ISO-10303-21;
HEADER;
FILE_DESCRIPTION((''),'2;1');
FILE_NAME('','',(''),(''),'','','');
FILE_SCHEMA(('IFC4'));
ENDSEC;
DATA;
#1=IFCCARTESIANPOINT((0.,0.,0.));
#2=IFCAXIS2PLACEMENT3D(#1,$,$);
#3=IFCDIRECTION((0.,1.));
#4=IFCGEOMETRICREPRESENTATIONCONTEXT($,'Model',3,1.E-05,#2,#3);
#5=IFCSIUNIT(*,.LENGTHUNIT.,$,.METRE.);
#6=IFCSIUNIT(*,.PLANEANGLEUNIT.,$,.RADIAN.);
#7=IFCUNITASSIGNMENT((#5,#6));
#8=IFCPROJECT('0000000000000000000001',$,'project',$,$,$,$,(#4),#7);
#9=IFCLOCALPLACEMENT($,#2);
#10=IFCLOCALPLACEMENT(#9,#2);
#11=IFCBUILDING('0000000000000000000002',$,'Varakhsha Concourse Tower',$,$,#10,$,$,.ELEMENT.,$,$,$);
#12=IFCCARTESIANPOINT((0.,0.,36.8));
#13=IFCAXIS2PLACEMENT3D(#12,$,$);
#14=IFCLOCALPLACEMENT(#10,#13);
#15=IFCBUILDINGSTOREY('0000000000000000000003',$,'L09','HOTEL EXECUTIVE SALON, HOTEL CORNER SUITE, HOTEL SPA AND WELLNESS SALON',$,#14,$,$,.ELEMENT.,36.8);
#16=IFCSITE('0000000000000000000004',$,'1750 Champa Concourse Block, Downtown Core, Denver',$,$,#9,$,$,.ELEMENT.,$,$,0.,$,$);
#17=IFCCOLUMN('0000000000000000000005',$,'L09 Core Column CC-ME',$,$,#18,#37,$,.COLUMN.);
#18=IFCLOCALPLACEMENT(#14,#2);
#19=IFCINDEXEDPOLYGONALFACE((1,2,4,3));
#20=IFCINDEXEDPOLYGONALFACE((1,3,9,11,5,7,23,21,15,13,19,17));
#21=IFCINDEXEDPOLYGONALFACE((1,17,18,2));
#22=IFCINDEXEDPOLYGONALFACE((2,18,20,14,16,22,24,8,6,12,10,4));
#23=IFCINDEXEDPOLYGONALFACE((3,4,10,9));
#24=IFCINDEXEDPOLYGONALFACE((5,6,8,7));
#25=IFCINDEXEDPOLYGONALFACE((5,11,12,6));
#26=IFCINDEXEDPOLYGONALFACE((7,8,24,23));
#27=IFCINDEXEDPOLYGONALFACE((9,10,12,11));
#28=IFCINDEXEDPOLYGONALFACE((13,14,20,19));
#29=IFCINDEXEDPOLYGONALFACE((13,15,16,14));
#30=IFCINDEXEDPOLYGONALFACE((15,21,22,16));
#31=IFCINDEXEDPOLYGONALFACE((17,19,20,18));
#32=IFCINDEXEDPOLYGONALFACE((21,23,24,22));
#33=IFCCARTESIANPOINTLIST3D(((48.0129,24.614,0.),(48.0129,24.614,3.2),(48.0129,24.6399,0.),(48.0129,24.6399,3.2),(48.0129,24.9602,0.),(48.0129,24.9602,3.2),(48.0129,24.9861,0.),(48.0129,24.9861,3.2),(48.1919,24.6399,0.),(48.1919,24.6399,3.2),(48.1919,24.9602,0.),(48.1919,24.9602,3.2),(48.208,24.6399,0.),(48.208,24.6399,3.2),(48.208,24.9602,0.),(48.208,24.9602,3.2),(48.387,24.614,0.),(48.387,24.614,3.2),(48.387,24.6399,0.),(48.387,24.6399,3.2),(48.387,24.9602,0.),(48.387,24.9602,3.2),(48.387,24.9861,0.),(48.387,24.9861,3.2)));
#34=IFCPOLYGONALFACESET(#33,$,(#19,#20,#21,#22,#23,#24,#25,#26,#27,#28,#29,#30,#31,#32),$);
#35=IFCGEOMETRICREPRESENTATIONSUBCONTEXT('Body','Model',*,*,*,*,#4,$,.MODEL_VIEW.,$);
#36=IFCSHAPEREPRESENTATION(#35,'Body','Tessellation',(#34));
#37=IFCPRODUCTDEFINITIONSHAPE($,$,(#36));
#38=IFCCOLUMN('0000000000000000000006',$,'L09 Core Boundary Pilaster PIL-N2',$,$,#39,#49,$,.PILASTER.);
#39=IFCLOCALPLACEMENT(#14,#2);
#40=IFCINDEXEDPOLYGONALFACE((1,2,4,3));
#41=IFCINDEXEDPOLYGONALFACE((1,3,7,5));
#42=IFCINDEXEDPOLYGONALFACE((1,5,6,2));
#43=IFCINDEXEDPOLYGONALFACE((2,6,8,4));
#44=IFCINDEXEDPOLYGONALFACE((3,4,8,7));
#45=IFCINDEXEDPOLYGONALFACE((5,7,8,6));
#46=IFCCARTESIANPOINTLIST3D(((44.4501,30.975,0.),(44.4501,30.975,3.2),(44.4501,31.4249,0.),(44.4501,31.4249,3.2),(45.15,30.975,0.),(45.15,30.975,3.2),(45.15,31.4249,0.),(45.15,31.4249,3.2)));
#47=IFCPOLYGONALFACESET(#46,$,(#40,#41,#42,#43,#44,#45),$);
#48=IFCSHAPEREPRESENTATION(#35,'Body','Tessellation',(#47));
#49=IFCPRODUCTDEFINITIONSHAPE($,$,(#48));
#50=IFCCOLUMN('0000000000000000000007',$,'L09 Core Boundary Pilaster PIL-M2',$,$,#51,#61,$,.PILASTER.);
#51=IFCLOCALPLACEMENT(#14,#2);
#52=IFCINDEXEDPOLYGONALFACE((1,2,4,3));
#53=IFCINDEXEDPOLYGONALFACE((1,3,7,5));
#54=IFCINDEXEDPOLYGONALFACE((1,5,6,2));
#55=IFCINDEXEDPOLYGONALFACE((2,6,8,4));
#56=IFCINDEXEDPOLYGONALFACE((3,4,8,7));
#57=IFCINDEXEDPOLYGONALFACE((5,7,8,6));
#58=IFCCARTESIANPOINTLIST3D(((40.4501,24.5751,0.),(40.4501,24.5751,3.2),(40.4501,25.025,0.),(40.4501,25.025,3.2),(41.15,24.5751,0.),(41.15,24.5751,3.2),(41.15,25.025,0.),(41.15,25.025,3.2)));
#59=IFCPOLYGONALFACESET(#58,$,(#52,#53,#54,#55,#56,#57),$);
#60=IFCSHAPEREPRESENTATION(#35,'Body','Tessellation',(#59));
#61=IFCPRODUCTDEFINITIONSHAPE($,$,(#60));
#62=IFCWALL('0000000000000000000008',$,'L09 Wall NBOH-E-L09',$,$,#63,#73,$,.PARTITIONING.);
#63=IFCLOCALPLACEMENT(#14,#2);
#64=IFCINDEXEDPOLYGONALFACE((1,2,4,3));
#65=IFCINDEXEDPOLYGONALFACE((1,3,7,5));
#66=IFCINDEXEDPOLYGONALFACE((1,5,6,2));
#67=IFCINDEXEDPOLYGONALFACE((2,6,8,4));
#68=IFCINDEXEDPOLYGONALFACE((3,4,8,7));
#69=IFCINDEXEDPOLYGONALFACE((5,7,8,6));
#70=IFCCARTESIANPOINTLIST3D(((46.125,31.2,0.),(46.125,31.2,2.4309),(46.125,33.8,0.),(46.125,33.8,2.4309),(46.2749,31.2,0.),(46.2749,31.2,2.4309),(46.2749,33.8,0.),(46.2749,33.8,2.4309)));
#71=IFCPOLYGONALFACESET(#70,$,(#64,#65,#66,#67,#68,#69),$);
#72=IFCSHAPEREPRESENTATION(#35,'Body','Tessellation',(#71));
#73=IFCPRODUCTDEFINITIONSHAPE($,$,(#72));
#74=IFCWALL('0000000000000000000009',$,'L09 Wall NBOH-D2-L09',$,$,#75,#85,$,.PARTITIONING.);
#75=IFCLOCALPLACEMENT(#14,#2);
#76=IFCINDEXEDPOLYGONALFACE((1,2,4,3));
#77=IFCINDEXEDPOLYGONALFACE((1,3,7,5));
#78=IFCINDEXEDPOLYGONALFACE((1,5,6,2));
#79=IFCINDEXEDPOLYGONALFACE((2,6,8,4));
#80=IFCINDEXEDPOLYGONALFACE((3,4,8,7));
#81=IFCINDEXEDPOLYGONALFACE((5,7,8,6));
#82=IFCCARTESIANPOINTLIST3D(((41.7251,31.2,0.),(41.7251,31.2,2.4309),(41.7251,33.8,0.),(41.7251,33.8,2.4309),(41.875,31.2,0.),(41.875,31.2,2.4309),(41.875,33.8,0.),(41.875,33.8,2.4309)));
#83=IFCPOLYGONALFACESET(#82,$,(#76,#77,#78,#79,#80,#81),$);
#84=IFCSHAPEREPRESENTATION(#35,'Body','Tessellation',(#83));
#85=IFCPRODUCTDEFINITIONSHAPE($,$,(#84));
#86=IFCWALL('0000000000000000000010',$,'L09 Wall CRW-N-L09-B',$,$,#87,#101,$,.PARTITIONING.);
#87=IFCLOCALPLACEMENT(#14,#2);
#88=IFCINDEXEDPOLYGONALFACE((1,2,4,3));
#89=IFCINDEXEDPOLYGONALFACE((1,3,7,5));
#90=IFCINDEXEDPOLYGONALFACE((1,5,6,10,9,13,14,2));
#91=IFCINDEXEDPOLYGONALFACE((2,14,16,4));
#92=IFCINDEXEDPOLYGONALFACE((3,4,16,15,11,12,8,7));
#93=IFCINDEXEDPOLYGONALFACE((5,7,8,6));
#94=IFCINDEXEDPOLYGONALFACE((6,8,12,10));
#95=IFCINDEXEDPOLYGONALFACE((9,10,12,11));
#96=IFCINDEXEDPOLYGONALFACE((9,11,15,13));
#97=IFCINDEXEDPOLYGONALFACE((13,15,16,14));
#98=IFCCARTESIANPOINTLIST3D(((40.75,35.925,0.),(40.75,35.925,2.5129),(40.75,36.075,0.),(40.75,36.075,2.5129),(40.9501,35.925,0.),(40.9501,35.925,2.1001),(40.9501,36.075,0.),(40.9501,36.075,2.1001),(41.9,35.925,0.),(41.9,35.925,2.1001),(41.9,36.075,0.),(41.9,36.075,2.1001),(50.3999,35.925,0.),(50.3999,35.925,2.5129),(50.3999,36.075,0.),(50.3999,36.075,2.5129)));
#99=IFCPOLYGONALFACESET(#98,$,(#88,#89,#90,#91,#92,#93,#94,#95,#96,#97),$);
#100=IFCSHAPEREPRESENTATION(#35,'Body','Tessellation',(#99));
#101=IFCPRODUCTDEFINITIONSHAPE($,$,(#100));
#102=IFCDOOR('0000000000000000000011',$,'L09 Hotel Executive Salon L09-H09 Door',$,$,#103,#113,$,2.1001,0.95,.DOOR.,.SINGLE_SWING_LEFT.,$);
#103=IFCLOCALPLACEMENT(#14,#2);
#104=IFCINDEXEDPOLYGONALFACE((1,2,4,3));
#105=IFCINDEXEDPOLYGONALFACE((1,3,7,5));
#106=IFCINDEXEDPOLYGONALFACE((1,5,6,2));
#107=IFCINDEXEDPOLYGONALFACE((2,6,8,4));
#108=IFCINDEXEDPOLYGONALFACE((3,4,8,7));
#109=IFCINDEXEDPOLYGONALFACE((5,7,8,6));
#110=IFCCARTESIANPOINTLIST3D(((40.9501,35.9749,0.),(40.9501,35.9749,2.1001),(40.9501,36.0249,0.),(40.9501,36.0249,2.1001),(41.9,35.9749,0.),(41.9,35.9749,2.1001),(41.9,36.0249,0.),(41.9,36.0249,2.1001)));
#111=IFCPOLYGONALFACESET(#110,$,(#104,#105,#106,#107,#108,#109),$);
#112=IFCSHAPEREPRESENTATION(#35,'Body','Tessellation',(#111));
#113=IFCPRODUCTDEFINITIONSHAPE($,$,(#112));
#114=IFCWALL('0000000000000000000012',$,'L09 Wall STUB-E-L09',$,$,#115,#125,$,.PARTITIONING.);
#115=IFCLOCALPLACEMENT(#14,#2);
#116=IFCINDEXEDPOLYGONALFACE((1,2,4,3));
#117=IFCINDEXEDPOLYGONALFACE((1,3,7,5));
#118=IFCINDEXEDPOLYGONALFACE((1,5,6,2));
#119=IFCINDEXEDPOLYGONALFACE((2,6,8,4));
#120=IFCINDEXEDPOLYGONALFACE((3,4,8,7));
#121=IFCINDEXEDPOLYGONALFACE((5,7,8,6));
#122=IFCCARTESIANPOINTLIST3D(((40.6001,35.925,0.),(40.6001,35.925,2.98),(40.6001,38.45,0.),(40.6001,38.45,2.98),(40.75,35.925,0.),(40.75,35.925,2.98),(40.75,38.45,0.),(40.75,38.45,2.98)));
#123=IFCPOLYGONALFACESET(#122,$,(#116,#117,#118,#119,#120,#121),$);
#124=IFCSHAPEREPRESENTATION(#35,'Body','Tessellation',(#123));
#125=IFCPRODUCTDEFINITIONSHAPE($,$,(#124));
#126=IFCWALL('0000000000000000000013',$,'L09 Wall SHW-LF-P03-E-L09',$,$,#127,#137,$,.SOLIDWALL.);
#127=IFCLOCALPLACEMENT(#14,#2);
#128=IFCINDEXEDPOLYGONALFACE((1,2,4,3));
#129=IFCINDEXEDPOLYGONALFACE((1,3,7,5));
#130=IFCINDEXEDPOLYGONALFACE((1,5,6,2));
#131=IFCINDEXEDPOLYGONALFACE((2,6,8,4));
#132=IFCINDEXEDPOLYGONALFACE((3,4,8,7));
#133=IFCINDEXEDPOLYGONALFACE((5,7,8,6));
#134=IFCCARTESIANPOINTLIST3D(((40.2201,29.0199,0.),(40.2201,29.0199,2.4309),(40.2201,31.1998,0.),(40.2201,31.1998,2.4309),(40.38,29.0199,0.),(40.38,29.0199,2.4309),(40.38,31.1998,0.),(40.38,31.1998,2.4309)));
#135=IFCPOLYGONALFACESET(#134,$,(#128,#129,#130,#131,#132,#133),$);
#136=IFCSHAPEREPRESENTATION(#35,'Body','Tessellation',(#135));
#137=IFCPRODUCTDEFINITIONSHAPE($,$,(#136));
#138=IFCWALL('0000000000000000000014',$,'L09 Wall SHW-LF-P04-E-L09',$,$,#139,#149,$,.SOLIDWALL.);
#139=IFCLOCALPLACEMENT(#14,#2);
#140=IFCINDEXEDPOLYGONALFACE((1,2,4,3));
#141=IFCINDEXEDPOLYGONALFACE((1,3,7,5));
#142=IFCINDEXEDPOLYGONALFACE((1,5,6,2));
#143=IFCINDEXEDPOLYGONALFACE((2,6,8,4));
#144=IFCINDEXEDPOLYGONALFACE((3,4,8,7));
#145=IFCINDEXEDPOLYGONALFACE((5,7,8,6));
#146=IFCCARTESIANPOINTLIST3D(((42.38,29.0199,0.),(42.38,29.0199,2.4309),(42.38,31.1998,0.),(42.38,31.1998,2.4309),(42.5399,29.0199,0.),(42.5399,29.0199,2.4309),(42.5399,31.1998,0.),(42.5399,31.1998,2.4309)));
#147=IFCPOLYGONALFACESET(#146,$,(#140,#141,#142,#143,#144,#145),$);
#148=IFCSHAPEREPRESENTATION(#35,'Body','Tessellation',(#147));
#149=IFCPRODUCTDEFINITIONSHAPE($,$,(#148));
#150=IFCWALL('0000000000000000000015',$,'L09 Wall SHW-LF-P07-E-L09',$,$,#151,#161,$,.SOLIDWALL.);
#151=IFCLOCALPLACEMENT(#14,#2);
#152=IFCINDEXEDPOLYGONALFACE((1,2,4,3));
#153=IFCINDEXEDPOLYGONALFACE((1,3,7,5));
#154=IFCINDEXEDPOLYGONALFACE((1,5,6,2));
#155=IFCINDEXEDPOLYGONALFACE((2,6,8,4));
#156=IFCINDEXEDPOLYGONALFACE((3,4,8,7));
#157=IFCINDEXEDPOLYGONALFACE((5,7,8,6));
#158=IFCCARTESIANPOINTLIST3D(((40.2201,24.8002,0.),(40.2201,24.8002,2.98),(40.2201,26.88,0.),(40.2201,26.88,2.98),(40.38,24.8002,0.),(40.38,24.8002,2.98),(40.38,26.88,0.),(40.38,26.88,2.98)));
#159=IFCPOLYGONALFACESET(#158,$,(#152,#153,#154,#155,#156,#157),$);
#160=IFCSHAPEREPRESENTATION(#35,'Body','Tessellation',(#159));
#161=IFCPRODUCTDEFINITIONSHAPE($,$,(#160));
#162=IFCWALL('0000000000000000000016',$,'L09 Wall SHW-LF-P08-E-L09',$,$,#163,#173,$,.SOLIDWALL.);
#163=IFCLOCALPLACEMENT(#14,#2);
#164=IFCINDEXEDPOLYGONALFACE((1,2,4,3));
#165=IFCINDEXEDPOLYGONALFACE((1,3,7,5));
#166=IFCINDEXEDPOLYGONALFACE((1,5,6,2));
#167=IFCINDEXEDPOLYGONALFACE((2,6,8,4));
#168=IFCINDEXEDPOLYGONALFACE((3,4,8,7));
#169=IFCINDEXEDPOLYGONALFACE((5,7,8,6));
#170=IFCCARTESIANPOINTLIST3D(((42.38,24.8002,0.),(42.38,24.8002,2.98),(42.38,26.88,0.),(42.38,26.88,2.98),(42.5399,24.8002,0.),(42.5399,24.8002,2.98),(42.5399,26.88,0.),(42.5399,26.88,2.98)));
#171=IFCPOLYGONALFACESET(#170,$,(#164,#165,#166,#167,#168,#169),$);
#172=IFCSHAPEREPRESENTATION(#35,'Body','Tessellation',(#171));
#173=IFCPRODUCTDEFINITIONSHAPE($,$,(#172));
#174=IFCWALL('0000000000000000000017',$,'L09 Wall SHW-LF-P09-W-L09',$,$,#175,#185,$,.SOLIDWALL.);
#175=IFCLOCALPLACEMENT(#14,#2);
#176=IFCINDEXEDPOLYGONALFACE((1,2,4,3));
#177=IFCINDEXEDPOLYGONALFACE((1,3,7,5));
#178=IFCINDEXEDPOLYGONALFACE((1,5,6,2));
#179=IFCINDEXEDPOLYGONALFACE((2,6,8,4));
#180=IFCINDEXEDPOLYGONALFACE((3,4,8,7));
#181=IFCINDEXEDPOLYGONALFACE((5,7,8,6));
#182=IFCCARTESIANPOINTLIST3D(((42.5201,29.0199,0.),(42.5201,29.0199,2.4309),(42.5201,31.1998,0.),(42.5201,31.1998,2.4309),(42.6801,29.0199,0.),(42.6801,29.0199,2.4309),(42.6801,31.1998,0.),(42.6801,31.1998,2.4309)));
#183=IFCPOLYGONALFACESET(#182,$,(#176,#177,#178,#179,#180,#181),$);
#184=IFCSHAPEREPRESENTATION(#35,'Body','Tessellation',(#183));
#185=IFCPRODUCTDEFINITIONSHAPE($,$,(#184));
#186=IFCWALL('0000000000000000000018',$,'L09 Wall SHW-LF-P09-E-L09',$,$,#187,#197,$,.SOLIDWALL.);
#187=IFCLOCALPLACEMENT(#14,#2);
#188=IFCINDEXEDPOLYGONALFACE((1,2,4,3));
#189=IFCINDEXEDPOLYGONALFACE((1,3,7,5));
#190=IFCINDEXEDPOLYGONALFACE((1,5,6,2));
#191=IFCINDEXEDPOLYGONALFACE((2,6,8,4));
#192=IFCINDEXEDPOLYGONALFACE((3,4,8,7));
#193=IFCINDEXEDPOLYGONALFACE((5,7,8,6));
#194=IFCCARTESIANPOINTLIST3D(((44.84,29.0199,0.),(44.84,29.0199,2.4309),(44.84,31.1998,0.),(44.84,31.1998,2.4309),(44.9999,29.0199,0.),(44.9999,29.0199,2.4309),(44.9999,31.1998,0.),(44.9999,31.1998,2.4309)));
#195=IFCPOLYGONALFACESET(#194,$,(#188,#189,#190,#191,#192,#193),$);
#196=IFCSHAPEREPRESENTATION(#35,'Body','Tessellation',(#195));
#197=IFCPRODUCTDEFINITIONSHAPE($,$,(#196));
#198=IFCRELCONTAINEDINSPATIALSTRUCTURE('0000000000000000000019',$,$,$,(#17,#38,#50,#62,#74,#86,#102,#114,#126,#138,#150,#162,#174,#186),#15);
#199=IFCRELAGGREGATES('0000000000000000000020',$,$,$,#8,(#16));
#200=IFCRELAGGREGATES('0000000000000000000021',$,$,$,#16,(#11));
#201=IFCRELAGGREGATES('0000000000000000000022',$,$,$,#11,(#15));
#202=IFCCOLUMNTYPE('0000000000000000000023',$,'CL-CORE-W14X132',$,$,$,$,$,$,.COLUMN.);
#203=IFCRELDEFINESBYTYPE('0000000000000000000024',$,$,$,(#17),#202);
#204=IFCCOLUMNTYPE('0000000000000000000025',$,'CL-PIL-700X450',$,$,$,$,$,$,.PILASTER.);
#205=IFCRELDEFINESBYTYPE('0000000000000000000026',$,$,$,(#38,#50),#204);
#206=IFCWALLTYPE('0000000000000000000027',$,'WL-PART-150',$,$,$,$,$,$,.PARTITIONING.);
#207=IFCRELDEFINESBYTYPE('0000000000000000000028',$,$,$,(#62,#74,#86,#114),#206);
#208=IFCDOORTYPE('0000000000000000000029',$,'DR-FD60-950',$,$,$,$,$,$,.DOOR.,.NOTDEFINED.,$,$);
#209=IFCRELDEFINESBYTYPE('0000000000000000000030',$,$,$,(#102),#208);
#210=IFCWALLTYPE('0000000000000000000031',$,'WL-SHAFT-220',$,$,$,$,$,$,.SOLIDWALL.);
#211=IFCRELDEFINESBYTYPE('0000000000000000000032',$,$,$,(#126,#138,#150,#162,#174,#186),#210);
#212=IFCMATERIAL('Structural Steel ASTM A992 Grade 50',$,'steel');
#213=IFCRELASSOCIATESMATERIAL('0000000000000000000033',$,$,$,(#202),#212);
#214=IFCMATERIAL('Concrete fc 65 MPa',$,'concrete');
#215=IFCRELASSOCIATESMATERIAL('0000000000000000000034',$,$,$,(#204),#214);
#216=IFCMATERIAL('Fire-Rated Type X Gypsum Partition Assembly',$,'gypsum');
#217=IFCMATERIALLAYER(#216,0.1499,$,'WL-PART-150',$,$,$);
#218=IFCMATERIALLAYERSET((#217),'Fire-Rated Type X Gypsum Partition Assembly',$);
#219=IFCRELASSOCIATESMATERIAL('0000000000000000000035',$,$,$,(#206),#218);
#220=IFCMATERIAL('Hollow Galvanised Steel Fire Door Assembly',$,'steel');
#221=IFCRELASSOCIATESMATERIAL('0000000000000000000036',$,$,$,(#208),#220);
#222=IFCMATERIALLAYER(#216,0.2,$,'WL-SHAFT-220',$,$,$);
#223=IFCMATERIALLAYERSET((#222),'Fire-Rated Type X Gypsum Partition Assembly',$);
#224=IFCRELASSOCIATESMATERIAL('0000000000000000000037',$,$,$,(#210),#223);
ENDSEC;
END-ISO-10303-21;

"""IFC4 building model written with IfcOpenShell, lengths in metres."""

from ifc_helpers import new_model, si_unit, direction, frame, frame_2d, origin, origin_2d, place, context, subcontext, project, spatial, rectangle, i_section, extrude, material, layer, layer_set, material_profile, profile_set, type_object, element, fill, save


model = new_model("IFC4")

# Units and contexts
model_context = context("Model", 3, precision=1e-05, world=origin(), true_north=direction((0.0, 1.0)))
body_context = subcontext(model_context, "Body", "Model", "MODEL_VIEW")
ifc_project = project(units=[si_unit("LENGTHUNIT", "METRE"), si_unit("PLANEANGLEUNIT", "RADIAN")], contexts=[model_context])

# Site, building, storey
site_placement = place(None, origin())
site = spatial("IfcSite", under=ifc_project, at=site_placement, Name="1750 Champa Concourse Block, Downtown Core, Denver", CompositionType="ELEMENT", RefElevation=0.0)
building_placement = place(site_placement, origin())
building = spatial("IfcBuilding", under=site, at=building_placement, Name="Varakhsha Concourse Tower", CompositionType="ELEMENT")
storey_placement = place(building_placement, frame((0.0, 0.0, 36.8)))
storey = spatial("IfcBuildingStorey", under=building, at=storey_placement, Name="L09", Description="HOTEL EXECUTIVE SALON, HOTEL CORNER SUITE, HOTEL SPA AND WELLNESS SALON", CompositionType="ELEMENT", Elevation=36.8)

# Columns
ifc_material_1 = material(Name="Structural Steel ASTM A992 Grade 50", Category="steel")
ifc_material_profile_1 = material_profile(ifc_material_1, i_section(OverallWidth=0.374, OverallDepth=0.3721, WebThickness=0.0161, FlangeThickness=0.0259, at=origin_2d()), Name="W14X132")
ifc_profile_set_1 = profile_set([ifc_material_profile_1], Name="Structural Steel ASTM A992 Grade 50")
column_type_1 = type_object("IfcColumnType", Name="CL-CORE-W14X132", PredefinedType="COLUMN", material=ifc_profile_set_1)
column_placement = place(storey_placement, frame((48.2, 24.8, 0.0), z_axis=(0.0, 0.0, 1.0), x_axis=(1.0, 0.0, 0.0)))
element("IfcColumn", 1, at=column_placement, inside=storey, type_object=column_type_1, Name="L09 Core Column CC-ME", PredefinedType="COLUMN", context=body_context, shape_type="SweptSolid", body=[
    extrude(i_section(OverallWidth=0.374, OverallDepth=0.3721, WebThickness=0.0161, FlangeThickness=0.0259, at=origin_2d()), origin(), (0.0, 0.0, 1.0), 3.2),
])
ifc_material_2 = material(Name="Concrete fc 65 MPa", Category="concrete")
ifc_material_profile_2 = material_profile(ifc_material_2, rectangle(XDim=0.7, YDim=0.45, at=origin_2d()), Name="RC 700x450")
ifc_profile_set_2 = profile_set([ifc_material_profile_2], Name="Concrete fc 65 MPa")
column_type_2 = type_object("IfcColumnType", Name="CL-PIL-700X450", PredefinedType="PILASTER", material=ifc_profile_set_2)
for number, where, z_axis, x_axis, name in (
    (2, (44.8, 31.2, 0.0), (0.0, 0.0, 1.0), (1.0, 0.0, 0.0), "L09 Core Boundary Pilaster PIL-N2"),
    (3, (40.8, 24.8, 0.0), (0.0, 0.0, 1.0), (1.0, 0.0, 0.0), "L09 Core Boundary Pilaster PIL-M2"),
):
    element("IfcColumn", number, at=place(storey_placement, frame(where, z_axis=z_axis, x_axis=x_axis)), inside=storey, type_object=column_type_2, Name=name, PredefinedType="PILASTER", context=body_context, shape_type="SweptSolid", body=[
        extrude(rectangle(XDim=0.7, YDim=0.45, at=origin_2d()), origin(), (0.0, 0.0, 1.0), 3.2),
    ])

# Walls
ifc_material_3 = material(Name="Fire-Rated Type X Gypsum Partition Assembly", Category="gypsum")
ifc_layer_1 = layer(ifc_material_3, 0.1499, Name="WL-PART-150")
ifc_layer_set_1 = layer_set([ifc_layer_1], Name="Fire-Rated Type X Gypsum Partition Assembly")
wall_type_1 = type_object("IfcWallType", Name="WL-PART-150", PredefinedType="PARTITIONING", material=ifc_layer_set_1)
for number, where, z_axis, x_axis, name in (
    (4, (46.2, 31.2, 0.0), (0.0, 0.0, 1.0), (0.0, 1.0, 0.0), "L09 Wall NBOH-E-L09"),
    (5, (41.8, 31.2, 0.0), (0.0, 0.0, 1.0), (0.0, 1.0, 0.0), "L09 Wall NBOH-D2-L09"),
):
    element("IfcWall", number, at=place(storey_placement, frame(where, z_axis=z_axis, x_axis=x_axis)), inside=storey, type_object=wall_type_1, Name=name, PredefinedType="PARTITIONING", context=body_context, shape_type="SweptSolid", body=[
        extrude(rectangle(XDim=2.6001, YDim=0.1499, at=frame_2d((1.3, 0.0))), origin(), (0.0, 0.0, 1.0), 2.4309),
    ])

# Wall, opening, door
wall_1_placement = place(storey_placement, frame((40.75, 36.0, 0.0), z_axis=(0.0, 0.0, 1.0), x_axis=(1.0, 0.0, 0.0)))
wall_1 = element("IfcWall", 6, at=wall_1_placement, inside=storey, type_object=wall_type_1, Name="L09 Wall CRW-N-L09-B", PredefinedType="PARTITIONING", context=body_context, shape_type="SweptSolid", body=[
    extrude(rectangle(XDim=9.6499, YDim=0.1499, at=frame_2d((4.825, 0.0))), origin(), (0.0, 0.0, 1.0), 2.5129),
])
opening_placement = place(wall_1_placement, frame((0.2, 0.0, 0.0)))
opening = element("IfcOpeningElement", 7, at=opening_placement, cuts=wall_1, PredefinedType="OPENING", context=body_context, shape_type="SweptSolid", body=[
    extrude(rectangle(XDim=0.95, YDim=2.1001, at=frame_2d((0.4751, 1.05))), frame((0.0, 0.085, 0.0), z_axis=(0.0, -1.0, 0.0), x_axis=(1.0, 0.0, 0.0)), (0.0, 0.0, 1.0), 0.1699),
])
ifc_material_4 = material(Name="Hollow Galvanised Steel Fire Door Assembly", Category="steel")
door_type = type_object("IfcDoorType", Name="DR-FD60-950", OperationType="NOTDEFINED", PredefinedType="DOOR", material=ifc_material_4)
door_placement = place(opening_placement, origin())
door = element("IfcDoor", 8, at=door_placement, inside=storey, type_object=door_type, Name="L09 Hotel Executive Salon L09-H09 Door", OperationType="SINGLE_SWING_LEFT", OverallHeight=2.1001, OverallWidth=0.95, PredefinedType="DOOR", context=body_context, shape_type="SweptSolid", body=[
    extrude(rectangle(XDim=0.95, YDim=2.1001, at=frame_2d((0.4751, 1.05))), frame((0.0, 0.0249, 0.0), z_axis=(0.0, -1.0, 0.0), x_axis=(1.0, 0.0, 0.0)), (0.0, 0.0, 1.0), 0.05),
])
fill(opening, door)

# Walls
wall_2_placement = place(storey_placement, frame((40.675, 35.925, 0.0), z_axis=(0.0, 0.0, 1.0), x_axis=(0.0, 1.0, 0.0)))
element("IfcWall", 9, at=wall_2_placement, inside=storey, type_object=wall_type_1, Name="L09 Wall STUB-E-L09", PredefinedType="PARTITIONING", context=body_context, shape_type="SweptSolid", body=[
    extrude(rectangle(XDim=2.5249, YDim=0.1499, at=frame_2d((1.2625, 0.0))), origin(), (0.0, 0.0, 1.0), 2.98),
])
ifc_layer_2 = layer(ifc_material_3, 0.2, Name="WL-SHAFT-220")
ifc_layer_set_2 = layer_set([ifc_layer_2], Name="Fire-Rated Type X Gypsum Partition Assembly")
wall_type_2 = type_object("IfcWallType", Name="WL-SHAFT-220", PredefinedType="SOLIDWALL", material=ifc_layer_set_2)
for number, where, z_axis, x_axis, name in (
    (10, (40.3, 29.02, 0.0), (0.0, 0.0, 1.0), (0.0, 1.0, 0.0), "L09 Wall SHW-LF-P03-E-L09"),
    (11, (42.46, 29.02, 0.0), (0.0, 0.0, 1.0), (0.0, 1.0, 0.0), "L09 Wall SHW-LF-P04-E-L09"),
):
    element("IfcWall", number, at=place(storey_placement, frame(where, z_axis=z_axis, x_axis=x_axis)), inside=storey, type_object=wall_type_2, Name=name, PredefinedType="SOLIDWALL", context=body_context, shape_type="SweptSolid", body=[
        extrude(rectangle(XDim=2.1799, YDim=0.1599, at=frame_2d((1.0898, 0.0))), origin(), (0.0, 0.0, 1.0), 2.4309),
    ])
for number, where, z_axis, x_axis, name in (
    (12, (40.3, 24.8, 0.0), (0.0, 0.0, 1.0), (0.0, 1.0, 0.0), "L09 Wall SHW-LF-P07-E-L09"),
    (13, (42.46, 24.8, 0.0), (0.0, 0.0, 1.0), (0.0, 1.0, 0.0), "L09 Wall SHW-LF-P08-E-L09"),
):
    element("IfcWall", number, at=place(storey_placement, frame(where, z_axis=z_axis, x_axis=x_axis)), inside=storey, type_object=wall_type_2, Name=name, PredefinedType="SOLIDWALL", context=body_context, shape_type="SweptSolid", body=[
        extrude(rectangle(XDim=2.0798, YDim=0.1599, at=frame_2d((1.04, 0.0))), origin(), (0.0, 0.0, 1.0), 2.98),
    ])
for number, where, z_axis, x_axis, name in (
    (14, (42.6001, 29.02, 0.0), (0.0, 0.0, 1.0), (0.0, 1.0, 0.0), "L09 Wall SHW-LF-P09-W-L09"),
    (15, (44.9199, 29.02, 0.0), (0.0, 0.0, 1.0), (0.0, 1.0, 0.0), "L09 Wall SHW-LF-P09-E-L09"),
):
    element("IfcWall", number, at=place(storey_placement, frame(where, z_axis=z_axis, x_axis=x_axis)), inside=storey, type_object=wall_type_2, Name=name, PredefinedType="SOLIDWALL", context=body_context, shape_type="SweptSolid", body=[
        extrude(rectangle(XDim=2.1799, YDim=0.1599, at=frame_2d((1.0898, 0.0))), origin(), (0.0, 0.0, 1.0), 2.4309),
    ])

save(model, "model.ifc")
